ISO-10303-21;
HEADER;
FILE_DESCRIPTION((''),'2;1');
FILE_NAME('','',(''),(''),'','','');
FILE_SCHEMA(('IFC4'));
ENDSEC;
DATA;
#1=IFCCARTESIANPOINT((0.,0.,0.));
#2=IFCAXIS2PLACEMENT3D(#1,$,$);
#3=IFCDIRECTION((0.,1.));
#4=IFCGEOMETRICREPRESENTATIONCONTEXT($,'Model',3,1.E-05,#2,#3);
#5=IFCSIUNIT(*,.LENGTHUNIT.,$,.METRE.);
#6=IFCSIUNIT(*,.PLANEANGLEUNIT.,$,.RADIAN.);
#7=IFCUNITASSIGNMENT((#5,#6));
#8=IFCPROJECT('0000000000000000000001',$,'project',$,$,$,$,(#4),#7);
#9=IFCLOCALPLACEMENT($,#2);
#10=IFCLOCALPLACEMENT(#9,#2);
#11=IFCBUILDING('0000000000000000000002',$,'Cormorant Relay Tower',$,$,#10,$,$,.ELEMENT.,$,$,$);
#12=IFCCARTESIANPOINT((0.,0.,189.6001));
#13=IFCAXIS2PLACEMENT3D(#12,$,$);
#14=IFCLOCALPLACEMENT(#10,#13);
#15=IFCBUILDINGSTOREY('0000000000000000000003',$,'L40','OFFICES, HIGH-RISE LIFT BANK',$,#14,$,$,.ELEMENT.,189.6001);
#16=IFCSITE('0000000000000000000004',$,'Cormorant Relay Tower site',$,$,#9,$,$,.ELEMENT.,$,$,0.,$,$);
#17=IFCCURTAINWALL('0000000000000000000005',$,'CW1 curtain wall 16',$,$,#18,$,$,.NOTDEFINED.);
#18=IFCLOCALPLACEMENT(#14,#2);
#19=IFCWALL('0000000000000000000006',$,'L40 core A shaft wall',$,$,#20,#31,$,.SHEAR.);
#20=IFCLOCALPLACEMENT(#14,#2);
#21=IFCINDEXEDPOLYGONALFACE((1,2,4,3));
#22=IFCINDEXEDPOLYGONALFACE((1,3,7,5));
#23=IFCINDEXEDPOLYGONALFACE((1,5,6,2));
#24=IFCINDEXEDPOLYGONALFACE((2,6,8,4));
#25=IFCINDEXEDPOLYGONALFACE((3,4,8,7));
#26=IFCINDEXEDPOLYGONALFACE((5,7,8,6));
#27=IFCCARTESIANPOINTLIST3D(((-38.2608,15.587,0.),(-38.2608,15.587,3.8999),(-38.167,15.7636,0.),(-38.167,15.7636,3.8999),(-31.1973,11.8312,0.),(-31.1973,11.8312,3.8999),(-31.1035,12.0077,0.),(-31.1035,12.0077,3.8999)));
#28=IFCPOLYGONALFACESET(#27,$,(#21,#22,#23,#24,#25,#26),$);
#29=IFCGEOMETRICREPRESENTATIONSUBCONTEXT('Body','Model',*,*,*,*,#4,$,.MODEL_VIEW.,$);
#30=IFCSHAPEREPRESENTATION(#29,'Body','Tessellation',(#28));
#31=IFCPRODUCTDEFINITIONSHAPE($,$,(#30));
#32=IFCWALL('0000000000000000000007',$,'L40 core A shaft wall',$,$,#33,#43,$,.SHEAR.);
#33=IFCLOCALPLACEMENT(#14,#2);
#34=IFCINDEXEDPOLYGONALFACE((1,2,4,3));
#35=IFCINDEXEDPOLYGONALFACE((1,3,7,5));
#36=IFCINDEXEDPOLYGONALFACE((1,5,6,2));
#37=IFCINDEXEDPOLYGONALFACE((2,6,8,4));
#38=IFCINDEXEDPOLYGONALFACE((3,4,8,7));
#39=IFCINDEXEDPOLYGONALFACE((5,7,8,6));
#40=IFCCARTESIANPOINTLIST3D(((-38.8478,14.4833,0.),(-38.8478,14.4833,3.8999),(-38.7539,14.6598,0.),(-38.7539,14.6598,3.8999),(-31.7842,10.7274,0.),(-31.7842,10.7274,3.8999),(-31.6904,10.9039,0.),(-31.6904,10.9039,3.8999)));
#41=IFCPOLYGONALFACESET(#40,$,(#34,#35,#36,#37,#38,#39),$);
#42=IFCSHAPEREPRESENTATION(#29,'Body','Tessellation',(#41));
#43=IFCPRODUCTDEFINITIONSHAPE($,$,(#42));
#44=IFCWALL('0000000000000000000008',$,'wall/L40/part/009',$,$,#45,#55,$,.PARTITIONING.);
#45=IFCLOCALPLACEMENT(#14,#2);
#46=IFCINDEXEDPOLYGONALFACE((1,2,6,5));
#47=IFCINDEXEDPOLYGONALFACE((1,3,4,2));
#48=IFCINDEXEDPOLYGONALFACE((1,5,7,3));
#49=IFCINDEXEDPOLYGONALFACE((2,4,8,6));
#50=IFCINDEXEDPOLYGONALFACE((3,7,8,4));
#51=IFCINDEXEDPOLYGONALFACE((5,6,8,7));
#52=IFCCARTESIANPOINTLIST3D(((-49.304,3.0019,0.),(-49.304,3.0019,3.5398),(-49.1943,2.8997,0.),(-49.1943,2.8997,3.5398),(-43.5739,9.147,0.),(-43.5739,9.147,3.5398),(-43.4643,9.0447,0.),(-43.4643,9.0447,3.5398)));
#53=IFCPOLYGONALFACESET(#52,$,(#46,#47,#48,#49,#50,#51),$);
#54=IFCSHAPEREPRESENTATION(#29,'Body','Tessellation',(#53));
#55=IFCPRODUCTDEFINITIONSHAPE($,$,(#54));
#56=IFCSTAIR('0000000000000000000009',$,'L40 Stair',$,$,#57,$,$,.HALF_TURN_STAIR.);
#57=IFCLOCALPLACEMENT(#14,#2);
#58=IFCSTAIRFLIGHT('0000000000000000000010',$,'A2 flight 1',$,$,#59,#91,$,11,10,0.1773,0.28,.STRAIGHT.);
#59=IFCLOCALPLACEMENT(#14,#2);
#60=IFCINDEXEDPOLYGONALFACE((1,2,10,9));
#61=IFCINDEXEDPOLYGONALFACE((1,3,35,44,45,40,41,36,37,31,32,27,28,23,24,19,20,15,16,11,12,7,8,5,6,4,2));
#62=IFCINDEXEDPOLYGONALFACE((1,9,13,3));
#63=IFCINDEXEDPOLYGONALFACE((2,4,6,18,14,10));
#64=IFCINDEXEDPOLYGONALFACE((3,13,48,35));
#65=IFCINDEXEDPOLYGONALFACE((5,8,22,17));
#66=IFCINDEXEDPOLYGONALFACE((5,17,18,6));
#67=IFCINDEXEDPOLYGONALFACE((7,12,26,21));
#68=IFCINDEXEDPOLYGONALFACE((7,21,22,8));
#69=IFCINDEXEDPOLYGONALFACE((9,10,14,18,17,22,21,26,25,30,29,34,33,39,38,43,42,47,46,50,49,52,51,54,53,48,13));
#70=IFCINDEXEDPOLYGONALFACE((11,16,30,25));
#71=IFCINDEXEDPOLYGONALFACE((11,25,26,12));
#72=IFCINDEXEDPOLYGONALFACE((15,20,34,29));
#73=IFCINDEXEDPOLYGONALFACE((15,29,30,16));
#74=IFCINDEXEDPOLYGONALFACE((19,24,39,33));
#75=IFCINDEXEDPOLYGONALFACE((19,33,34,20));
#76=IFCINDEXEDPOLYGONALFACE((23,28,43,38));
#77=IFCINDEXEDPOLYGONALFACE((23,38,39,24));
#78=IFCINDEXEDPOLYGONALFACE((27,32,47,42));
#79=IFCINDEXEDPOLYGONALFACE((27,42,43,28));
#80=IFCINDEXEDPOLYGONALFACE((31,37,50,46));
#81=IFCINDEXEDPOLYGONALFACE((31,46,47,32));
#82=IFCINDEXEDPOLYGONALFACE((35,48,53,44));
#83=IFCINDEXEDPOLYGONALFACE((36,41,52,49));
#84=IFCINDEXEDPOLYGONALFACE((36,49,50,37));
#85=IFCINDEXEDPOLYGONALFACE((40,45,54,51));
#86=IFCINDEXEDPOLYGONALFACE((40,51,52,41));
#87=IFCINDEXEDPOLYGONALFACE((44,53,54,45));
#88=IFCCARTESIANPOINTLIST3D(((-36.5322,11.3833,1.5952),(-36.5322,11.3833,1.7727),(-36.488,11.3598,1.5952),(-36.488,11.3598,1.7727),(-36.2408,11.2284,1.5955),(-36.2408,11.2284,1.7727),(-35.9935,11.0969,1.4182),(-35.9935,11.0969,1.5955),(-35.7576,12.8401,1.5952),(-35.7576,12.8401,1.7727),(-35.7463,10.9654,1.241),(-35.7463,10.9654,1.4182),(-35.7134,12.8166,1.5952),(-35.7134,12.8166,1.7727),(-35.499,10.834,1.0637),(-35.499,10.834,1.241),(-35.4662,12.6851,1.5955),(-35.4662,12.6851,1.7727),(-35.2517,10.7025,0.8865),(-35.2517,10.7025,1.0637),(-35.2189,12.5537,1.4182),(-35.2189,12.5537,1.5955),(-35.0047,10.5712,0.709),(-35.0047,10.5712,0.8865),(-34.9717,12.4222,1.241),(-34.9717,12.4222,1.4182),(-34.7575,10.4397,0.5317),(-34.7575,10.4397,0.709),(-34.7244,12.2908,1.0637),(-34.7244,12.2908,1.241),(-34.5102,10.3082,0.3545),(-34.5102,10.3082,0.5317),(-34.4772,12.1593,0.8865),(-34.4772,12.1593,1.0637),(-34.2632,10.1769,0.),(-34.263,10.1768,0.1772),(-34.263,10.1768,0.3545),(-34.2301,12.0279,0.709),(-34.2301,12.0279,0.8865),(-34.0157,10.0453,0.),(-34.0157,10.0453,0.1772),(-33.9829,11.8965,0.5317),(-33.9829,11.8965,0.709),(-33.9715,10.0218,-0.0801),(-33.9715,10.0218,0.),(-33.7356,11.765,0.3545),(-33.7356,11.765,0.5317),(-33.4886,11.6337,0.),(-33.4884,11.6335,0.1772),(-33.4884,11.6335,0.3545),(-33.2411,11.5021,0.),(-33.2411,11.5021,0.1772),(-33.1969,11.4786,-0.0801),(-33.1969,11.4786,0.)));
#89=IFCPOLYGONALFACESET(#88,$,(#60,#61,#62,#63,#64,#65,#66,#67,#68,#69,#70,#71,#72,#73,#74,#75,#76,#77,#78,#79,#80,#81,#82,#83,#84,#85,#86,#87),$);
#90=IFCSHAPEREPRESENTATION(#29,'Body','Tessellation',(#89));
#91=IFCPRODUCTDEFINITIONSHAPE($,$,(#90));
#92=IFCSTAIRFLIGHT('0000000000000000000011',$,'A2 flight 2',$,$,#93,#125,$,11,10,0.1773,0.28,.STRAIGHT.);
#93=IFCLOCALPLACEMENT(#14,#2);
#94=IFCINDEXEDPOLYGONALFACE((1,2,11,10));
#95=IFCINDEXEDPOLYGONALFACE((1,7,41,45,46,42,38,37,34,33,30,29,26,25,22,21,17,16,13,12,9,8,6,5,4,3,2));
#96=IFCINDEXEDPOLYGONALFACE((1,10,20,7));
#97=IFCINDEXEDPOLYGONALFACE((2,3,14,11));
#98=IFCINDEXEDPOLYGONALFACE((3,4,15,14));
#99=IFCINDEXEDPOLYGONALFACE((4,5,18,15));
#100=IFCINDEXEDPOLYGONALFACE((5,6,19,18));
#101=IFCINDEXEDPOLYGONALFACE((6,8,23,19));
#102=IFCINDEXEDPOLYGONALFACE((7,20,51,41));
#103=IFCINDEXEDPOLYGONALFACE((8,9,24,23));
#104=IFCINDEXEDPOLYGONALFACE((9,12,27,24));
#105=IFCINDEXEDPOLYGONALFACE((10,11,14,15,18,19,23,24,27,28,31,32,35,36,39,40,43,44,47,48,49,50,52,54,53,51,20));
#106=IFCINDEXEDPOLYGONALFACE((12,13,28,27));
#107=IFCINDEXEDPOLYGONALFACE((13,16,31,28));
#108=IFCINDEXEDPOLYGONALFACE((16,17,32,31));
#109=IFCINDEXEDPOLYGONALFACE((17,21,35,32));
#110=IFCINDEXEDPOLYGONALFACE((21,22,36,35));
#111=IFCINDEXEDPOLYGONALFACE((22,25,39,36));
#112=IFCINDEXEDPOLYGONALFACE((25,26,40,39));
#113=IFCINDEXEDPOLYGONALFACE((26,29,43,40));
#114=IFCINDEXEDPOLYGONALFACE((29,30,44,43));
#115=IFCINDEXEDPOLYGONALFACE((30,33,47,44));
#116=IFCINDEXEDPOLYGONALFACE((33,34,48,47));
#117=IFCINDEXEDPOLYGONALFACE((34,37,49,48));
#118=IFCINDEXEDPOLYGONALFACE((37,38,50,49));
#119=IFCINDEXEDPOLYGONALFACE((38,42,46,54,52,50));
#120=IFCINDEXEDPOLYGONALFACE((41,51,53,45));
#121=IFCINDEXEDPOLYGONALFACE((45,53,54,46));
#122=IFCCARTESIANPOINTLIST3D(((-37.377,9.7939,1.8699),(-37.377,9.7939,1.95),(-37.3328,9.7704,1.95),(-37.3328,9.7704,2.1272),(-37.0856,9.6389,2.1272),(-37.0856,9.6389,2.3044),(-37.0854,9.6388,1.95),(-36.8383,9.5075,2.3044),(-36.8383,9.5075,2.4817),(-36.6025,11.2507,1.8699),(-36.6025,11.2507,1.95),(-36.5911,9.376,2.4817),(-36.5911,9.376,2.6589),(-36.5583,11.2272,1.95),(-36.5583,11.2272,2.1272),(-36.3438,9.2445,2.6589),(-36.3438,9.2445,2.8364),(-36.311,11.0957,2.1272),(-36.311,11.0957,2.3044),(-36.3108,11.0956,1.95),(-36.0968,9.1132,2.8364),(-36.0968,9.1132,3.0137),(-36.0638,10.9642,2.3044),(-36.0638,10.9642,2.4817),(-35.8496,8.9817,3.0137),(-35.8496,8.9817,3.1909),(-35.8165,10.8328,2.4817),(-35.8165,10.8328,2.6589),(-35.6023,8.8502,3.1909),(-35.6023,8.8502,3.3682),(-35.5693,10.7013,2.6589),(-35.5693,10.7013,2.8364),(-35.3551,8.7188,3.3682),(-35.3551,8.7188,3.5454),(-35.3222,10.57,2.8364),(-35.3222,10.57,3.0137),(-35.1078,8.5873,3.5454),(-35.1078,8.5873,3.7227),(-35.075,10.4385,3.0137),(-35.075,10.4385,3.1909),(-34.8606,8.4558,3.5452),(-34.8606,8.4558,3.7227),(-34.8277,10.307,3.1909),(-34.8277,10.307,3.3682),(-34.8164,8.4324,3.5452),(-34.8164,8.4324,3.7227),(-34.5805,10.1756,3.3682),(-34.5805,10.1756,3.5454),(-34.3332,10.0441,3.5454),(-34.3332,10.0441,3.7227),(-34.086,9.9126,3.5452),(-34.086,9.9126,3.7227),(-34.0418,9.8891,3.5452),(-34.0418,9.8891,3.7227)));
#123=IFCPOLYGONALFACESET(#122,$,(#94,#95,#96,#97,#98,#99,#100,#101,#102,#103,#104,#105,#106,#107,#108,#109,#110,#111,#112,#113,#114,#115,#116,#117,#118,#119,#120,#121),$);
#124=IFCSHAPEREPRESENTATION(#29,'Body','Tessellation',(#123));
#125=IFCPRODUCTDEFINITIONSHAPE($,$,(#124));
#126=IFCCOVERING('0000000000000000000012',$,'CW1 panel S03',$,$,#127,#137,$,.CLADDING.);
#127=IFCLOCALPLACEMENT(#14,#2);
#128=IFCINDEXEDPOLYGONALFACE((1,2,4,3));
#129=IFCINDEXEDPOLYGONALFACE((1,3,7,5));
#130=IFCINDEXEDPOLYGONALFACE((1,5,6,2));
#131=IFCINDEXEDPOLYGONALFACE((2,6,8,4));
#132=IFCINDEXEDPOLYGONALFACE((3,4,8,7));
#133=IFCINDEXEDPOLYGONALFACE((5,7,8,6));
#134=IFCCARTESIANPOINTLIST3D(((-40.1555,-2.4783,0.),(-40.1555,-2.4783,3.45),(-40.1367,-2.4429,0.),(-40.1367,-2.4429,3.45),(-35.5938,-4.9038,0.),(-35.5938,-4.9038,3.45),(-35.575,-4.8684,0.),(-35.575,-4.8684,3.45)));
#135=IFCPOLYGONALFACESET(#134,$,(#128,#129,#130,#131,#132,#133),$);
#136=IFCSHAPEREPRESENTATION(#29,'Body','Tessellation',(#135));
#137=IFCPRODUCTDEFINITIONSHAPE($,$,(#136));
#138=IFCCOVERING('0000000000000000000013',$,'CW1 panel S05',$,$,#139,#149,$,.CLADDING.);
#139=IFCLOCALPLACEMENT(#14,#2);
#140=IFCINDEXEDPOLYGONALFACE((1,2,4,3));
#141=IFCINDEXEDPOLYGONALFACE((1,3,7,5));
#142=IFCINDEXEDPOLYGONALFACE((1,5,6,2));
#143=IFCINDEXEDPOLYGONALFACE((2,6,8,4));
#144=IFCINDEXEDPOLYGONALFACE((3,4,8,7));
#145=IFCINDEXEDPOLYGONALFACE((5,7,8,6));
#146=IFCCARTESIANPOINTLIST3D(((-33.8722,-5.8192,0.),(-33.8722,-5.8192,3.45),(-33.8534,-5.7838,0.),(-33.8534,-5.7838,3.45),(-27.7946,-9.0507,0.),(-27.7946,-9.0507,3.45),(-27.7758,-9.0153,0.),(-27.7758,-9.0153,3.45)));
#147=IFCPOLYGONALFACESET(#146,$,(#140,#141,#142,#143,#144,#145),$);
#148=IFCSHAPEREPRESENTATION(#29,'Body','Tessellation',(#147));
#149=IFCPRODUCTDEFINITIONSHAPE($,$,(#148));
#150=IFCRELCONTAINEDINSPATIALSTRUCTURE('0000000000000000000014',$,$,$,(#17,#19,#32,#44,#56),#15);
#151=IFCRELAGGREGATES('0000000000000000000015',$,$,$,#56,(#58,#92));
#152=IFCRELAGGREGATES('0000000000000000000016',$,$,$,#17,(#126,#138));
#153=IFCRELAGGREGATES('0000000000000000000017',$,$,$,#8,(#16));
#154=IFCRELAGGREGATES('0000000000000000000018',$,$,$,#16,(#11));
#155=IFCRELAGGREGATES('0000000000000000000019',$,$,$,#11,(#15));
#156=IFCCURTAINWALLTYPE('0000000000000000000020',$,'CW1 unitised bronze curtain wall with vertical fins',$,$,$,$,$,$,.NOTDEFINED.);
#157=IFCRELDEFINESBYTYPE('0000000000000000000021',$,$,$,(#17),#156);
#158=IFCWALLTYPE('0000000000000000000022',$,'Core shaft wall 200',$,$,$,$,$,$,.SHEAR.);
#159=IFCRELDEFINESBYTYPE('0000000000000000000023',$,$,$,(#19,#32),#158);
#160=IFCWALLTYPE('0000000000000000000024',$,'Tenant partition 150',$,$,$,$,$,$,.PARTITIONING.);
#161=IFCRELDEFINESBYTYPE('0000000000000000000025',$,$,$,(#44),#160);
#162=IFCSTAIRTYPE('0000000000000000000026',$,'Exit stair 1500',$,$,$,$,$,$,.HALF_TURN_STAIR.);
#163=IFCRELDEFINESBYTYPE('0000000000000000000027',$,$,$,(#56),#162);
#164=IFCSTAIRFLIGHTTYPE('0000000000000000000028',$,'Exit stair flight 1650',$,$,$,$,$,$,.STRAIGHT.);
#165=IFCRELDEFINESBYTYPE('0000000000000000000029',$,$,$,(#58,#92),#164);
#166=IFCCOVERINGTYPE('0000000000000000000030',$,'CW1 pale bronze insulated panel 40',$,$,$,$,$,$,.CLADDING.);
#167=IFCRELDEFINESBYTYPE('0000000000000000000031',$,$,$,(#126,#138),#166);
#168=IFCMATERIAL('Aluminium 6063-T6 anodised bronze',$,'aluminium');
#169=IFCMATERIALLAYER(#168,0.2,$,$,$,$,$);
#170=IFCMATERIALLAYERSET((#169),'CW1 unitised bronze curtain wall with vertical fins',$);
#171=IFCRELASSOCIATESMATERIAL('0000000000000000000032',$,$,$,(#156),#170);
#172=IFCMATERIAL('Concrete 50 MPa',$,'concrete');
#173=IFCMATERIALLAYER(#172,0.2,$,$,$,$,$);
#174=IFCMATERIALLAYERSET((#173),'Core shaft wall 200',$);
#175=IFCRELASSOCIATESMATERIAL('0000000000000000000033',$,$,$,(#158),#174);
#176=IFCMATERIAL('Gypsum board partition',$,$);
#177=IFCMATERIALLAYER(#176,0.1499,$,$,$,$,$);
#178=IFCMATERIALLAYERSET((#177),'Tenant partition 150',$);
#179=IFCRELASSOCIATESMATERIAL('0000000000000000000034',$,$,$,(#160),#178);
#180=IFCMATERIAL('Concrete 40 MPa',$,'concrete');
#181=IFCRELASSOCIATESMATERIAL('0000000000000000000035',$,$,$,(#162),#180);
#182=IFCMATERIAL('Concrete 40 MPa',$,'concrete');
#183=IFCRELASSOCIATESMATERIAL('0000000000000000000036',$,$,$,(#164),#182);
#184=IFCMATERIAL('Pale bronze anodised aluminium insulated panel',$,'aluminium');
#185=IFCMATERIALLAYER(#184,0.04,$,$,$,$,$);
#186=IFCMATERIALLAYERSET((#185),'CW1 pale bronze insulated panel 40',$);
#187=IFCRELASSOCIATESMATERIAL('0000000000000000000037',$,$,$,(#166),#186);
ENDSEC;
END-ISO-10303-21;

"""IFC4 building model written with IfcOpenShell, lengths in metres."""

from ifc_helpers import new_model, si_unit, direction, frame, frame_2d, origin, origin_2d, place, context, subcontext, project, spatial, polyline, rectangle, outline, extrude, material, layer, layer_set, type_object, element, aggregate, save


model = new_model("IFC4")

# Units and contexts
model_context = context("Model", 3, precision=1e-05, world=origin(), true_north=direction((0.0, 1.0)))
body_context = subcontext(model_context, "Body", "Model", "MODEL_VIEW")
ifc_project = project(units=[si_unit("LENGTHUNIT", "METRE"), si_unit("PLANEANGLEUNIT", "RADIAN")], contexts=[model_context])

# Site, building, storey
site_placement = place(None, origin())
site = spatial("IfcSite", under=ifc_project, at=site_placement, Name="Cormorant Relay Tower site", CompositionType="ELEMENT", RefElevation=0.0)
building_placement = place(site_placement, origin())
building = spatial("IfcBuilding", under=site, at=building_placement, Name="Cormorant Relay Tower", CompositionType="ELEMENT")
storey_placement = place(building_placement, frame((0.0, 0.0, 189.6001)))
storey = spatial("IfcBuildingStorey", under=building, at=storey_placement, Name="L40", Description="OFFICES, HIGH-RISE LIFT BANK", CompositionType="ELEMENT", Elevation=189.6001)

# Curtain wall
ifc_material_1 = material(Name="Aluminium 6063-T6 anodised bronze", Category="aluminium")
ifc_layer_1 = layer(ifc_material_1, 0.2)
ifc_layer_set_1 = layer_set([ifc_layer_1], Name="CW1 unitised bronze curtain wall with vertical fins")
curtain_wall_type = type_object("IfcCurtainWallType", Name="CW1 unitised bronze curtain wall with vertical fins", PredefinedType="NOTDEFINED", material=ifc_layer_set_1)
curtain_wall_placement = place(storey_placement, origin())
curtain_wall = element("IfcCurtainWall", 1, at=curtain_wall_placement, inside=storey, type_object=curtain_wall_type, Name="CW1 curtain wall 16", PredefinedType="NOTDEFINED")

# Shared definitions
ifc_material_2 = material(Name="Concrete 50 MPa", Category="concrete")
ifc_layer_2 = layer(ifc_material_2, 0.2)
ifc_layer_set_2 = layer_set([ifc_layer_2], Name="Core shaft wall 200")
wall_type_1 = type_object("IfcWallType", Name="Core shaft wall 200", PredefinedType="SHEAR", material=ifc_layer_set_2)

# Walls
for number, where, z_axis, x_axis, name in (
    (2, (-31.1504, 11.9194, 0.0), (0.0, 0.0, 1.0), (-0.88294, 0.469485, 0.0), "L40 core A shaft wall"),
    (3, (-31.7373, 10.8157, 0.0), (0.0, 0.0, 1.0), (-0.88294, 0.469485, 0.0), "L40 core A shaft wall"),
):
    element("IfcWall", number, at=place(storey_placement, frame(where, z_axis=z_axis, x_axis=x_axis)), inside=storey, type_object=wall_type_1, Name=name, PredefinedType="SHEAR", context=body_context, shape_type="SweptSolid", body=[
        extrude(rectangle(XDim=8.0, YDim=0.2, at=frame_2d((4.0, 0.0))), origin(), (0.0, 0.0, 1.0), 3.8999),
    ])
ifc_material_3 = material(Name="Gypsum board partition")
ifc_layer_3 = layer(ifc_material_3, 0.1499)
ifc_layer_set_3 = layer_set([ifc_layer_3], Name="Tenant partition 150")
wall_type_2 = type_object("IfcWallType", Name="Tenant partition 150", PredefinedType="PARTITIONING", material=ifc_layer_set_3)
wall_1_placement = place(storey_placement, frame((-43.519, 9.0959, 0.0), z_axis=(0.0, 0.0, 1.0), x_axis=(-0.681977, -0.731374, 0.0)))
element("IfcWall", 4, at=wall_1_placement, inside=storey, type_object=wall_type_2, Name="wall/L40/part/009", PredefinedType="PARTITIONING", context=body_context, shape_type="SweptSolid", body=[
    extrude(rectangle(XDim=8.4021, YDim=0.1499, at=frame_2d((4.2012, 0.0))), origin(), (0.0, 0.0, 1.0), 3.5398),
])

# Stair, stair flights
ifc_material_4 = material(Name="Concrete 40 MPa", Category="concrete")
stair_type = type_object("IfcStairType", Name="Exit stair 1500", PredefinedType="HALF_TURN_STAIR", material=ifc_material_4)
stair_placement = place(storey_placement, origin())
stair = element("IfcStair", 5, at=stair_placement, inside=storey, type_object=stair_type, Name="L40 Stair", PredefinedType="HALF_TURN_STAIR")
ifc_material_5 = material(Name="Concrete 40 MPa", Category="concrete")
stair_flight_type = type_object("IfcStairFlightType", Name="Exit stair flight 1650", PredefinedType="STRAIGHT", material=ifc_material_5)
stair_flight_1_placement = place(storey_placement, frame((-33.6284, 10.7737, 0.0), z_axis=(0.0, 0.0, 1.0), x_axis=(-0.882948, 0.469472, 0.0)))
stair_flight_1 = element("IfcStairFlight", 6, at=stair_flight_1_placement, type_object=stair_flight_type, Name="A2 flight 1", NumberOfRisers=11, NumberOfTreads=10, PredefinedType="STRAIGHT", RiserHeight=0.1773, TreadLength=0.28, context=body_context, shape_type="SweptSolid", body=[
    extrude(outline(polyline([(-0.05, -0.0801), (-0.05, 0.0), (0.0, 0.0), (0.0, 0.1772), (0.28, 0.1772), (0.28, 0.3545), (0.5601, 0.3545), (0.5601, 0.5317), (0.8401, 0.5317), (0.8401, 0.709), (1.1201, 0.709), (1.1201, 0.8865), (1.3999, 0.8865), (1.3999, 1.0637), (1.6799, 1.0637), (1.6799, 1.241), (1.96, 1.241), (1.96, 1.4182), (2.24, 1.4182), (2.24, 1.5955), (2.52, 1.5955), (2.52, 1.7727), (2.8, 1.7727), (2.8501, 1.7727), (2.8501, 1.5952), (2.8, 1.5952), (0.2803, 0.0), (-0.05, -0.0801)])), frame((0.0, 0.825, 0.0), z_axis=(0.0, -1.0, 0.0), x_axis=(1.0, 0.0, 0.0)), (0.0, 0.0, 1.0), 1.6499),
])
stair_flight_2_placement = place(storey_placement, frame((-36.9456, 10.4988, 1.95), z_axis=(0.0, 0.0, 1.0), x_axis=(0.882948, -0.469472, 0.0)))
stair_flight_2 = element("IfcStairFlight", 7, at=stair_flight_2_placement, type_object=stair_flight_type, Name="A2 flight 2", NumberOfRisers=11, NumberOfTreads=10, PredefinedType="STRAIGHT", RiserHeight=0.1773, TreadLength=0.28, context=body_context, shape_type="SweptSolid", body=[
    extrude(outline(polyline([(-0.05, -0.0801), (-0.05, 0.0), (0.0, 0.0), (0.0, 0.1772), (0.28, 0.1772), (0.28, 0.3545), (0.5601, 0.3545), (0.5601, 0.5317), (0.8401, 0.5317), (0.8401, 0.709), (1.1201, 0.709), (1.1201, 0.8865), (1.3999, 0.8865), (1.3999, 1.0637), (1.6799, 1.0637), (1.6799, 1.241), (1.96, 1.241), (1.96, 1.4182), (2.24, 1.4182), (2.24, 1.5955), (2.52, 1.5955), (2.52, 1.7727), (2.8, 1.7727), (2.8501, 1.7727), (2.8501, 1.5952), (2.8, 1.5952), (0.2803, 0.0), (-0.05, -0.0801)])), frame((0.0, 0.825, 0.0), z_axis=(0.0, -1.0, 0.0), x_axis=(1.0, 0.0, 0.0)), (0.0, 0.0, 1.0), 1.6499),
])
aggregate(stair, [stair_flight_1, stair_flight_2])

# Coverings
ifc_material_6 = material(Name="Pale bronze anodised aluminium insulated panel", Category="aluminium")
ifc_layer_4 = layer(ifc_material_6, 0.04)
ifc_layer_set_4 = layer_set([ifc_layer_4], Name="CW1 pale bronze insulated panel 40")
covering_type = type_object("IfcCoveringType", Name="CW1 pale bronze insulated panel 40", PredefinedType="CLADDING", material=ifc_layer_set_4)
covering_1_placement = place(storey_placement, frame((-37.8652, -3.6733, 0.0), z_axis=(0.0, 0.0, 1.0), x_axis=(0.882948, -0.469472, 0.0)))
covering_1 = element("IfcCovering", 8, at=covering_1_placement, type_object=covering_type, Name="CW1 panel S03", PredefinedType="CLADDING", context=body_context, shape_type="SweptSolid", body=[
    extrude(rectangle(XDim=5.1665, YDim=0.04, at=origin_2d()), origin(), (0.0, 0.0, 1.0), 3.45),
])
covering_2_placement = place(storey_placement, frame((-30.824, -7.4172, 0.0), z_axis=(0.0, 0.0, 1.0), x_axis=(0.882948, -0.469472, 0.0)))
covering_2 = element("IfcCovering", 9, at=covering_2_placement, type_object=covering_type, Name="CW1 panel S05", PredefinedType="CLADDING", context=body_context, shape_type="SweptSolid", body=[
    extrude(rectangle(XDim=6.8833, YDim=0.04, at=origin_2d()), origin(), (0.0, 0.0, 1.0), 3.45),
])
aggregate(curtain_wall, [covering_1, covering_2])

save(model, "model.ifc")
